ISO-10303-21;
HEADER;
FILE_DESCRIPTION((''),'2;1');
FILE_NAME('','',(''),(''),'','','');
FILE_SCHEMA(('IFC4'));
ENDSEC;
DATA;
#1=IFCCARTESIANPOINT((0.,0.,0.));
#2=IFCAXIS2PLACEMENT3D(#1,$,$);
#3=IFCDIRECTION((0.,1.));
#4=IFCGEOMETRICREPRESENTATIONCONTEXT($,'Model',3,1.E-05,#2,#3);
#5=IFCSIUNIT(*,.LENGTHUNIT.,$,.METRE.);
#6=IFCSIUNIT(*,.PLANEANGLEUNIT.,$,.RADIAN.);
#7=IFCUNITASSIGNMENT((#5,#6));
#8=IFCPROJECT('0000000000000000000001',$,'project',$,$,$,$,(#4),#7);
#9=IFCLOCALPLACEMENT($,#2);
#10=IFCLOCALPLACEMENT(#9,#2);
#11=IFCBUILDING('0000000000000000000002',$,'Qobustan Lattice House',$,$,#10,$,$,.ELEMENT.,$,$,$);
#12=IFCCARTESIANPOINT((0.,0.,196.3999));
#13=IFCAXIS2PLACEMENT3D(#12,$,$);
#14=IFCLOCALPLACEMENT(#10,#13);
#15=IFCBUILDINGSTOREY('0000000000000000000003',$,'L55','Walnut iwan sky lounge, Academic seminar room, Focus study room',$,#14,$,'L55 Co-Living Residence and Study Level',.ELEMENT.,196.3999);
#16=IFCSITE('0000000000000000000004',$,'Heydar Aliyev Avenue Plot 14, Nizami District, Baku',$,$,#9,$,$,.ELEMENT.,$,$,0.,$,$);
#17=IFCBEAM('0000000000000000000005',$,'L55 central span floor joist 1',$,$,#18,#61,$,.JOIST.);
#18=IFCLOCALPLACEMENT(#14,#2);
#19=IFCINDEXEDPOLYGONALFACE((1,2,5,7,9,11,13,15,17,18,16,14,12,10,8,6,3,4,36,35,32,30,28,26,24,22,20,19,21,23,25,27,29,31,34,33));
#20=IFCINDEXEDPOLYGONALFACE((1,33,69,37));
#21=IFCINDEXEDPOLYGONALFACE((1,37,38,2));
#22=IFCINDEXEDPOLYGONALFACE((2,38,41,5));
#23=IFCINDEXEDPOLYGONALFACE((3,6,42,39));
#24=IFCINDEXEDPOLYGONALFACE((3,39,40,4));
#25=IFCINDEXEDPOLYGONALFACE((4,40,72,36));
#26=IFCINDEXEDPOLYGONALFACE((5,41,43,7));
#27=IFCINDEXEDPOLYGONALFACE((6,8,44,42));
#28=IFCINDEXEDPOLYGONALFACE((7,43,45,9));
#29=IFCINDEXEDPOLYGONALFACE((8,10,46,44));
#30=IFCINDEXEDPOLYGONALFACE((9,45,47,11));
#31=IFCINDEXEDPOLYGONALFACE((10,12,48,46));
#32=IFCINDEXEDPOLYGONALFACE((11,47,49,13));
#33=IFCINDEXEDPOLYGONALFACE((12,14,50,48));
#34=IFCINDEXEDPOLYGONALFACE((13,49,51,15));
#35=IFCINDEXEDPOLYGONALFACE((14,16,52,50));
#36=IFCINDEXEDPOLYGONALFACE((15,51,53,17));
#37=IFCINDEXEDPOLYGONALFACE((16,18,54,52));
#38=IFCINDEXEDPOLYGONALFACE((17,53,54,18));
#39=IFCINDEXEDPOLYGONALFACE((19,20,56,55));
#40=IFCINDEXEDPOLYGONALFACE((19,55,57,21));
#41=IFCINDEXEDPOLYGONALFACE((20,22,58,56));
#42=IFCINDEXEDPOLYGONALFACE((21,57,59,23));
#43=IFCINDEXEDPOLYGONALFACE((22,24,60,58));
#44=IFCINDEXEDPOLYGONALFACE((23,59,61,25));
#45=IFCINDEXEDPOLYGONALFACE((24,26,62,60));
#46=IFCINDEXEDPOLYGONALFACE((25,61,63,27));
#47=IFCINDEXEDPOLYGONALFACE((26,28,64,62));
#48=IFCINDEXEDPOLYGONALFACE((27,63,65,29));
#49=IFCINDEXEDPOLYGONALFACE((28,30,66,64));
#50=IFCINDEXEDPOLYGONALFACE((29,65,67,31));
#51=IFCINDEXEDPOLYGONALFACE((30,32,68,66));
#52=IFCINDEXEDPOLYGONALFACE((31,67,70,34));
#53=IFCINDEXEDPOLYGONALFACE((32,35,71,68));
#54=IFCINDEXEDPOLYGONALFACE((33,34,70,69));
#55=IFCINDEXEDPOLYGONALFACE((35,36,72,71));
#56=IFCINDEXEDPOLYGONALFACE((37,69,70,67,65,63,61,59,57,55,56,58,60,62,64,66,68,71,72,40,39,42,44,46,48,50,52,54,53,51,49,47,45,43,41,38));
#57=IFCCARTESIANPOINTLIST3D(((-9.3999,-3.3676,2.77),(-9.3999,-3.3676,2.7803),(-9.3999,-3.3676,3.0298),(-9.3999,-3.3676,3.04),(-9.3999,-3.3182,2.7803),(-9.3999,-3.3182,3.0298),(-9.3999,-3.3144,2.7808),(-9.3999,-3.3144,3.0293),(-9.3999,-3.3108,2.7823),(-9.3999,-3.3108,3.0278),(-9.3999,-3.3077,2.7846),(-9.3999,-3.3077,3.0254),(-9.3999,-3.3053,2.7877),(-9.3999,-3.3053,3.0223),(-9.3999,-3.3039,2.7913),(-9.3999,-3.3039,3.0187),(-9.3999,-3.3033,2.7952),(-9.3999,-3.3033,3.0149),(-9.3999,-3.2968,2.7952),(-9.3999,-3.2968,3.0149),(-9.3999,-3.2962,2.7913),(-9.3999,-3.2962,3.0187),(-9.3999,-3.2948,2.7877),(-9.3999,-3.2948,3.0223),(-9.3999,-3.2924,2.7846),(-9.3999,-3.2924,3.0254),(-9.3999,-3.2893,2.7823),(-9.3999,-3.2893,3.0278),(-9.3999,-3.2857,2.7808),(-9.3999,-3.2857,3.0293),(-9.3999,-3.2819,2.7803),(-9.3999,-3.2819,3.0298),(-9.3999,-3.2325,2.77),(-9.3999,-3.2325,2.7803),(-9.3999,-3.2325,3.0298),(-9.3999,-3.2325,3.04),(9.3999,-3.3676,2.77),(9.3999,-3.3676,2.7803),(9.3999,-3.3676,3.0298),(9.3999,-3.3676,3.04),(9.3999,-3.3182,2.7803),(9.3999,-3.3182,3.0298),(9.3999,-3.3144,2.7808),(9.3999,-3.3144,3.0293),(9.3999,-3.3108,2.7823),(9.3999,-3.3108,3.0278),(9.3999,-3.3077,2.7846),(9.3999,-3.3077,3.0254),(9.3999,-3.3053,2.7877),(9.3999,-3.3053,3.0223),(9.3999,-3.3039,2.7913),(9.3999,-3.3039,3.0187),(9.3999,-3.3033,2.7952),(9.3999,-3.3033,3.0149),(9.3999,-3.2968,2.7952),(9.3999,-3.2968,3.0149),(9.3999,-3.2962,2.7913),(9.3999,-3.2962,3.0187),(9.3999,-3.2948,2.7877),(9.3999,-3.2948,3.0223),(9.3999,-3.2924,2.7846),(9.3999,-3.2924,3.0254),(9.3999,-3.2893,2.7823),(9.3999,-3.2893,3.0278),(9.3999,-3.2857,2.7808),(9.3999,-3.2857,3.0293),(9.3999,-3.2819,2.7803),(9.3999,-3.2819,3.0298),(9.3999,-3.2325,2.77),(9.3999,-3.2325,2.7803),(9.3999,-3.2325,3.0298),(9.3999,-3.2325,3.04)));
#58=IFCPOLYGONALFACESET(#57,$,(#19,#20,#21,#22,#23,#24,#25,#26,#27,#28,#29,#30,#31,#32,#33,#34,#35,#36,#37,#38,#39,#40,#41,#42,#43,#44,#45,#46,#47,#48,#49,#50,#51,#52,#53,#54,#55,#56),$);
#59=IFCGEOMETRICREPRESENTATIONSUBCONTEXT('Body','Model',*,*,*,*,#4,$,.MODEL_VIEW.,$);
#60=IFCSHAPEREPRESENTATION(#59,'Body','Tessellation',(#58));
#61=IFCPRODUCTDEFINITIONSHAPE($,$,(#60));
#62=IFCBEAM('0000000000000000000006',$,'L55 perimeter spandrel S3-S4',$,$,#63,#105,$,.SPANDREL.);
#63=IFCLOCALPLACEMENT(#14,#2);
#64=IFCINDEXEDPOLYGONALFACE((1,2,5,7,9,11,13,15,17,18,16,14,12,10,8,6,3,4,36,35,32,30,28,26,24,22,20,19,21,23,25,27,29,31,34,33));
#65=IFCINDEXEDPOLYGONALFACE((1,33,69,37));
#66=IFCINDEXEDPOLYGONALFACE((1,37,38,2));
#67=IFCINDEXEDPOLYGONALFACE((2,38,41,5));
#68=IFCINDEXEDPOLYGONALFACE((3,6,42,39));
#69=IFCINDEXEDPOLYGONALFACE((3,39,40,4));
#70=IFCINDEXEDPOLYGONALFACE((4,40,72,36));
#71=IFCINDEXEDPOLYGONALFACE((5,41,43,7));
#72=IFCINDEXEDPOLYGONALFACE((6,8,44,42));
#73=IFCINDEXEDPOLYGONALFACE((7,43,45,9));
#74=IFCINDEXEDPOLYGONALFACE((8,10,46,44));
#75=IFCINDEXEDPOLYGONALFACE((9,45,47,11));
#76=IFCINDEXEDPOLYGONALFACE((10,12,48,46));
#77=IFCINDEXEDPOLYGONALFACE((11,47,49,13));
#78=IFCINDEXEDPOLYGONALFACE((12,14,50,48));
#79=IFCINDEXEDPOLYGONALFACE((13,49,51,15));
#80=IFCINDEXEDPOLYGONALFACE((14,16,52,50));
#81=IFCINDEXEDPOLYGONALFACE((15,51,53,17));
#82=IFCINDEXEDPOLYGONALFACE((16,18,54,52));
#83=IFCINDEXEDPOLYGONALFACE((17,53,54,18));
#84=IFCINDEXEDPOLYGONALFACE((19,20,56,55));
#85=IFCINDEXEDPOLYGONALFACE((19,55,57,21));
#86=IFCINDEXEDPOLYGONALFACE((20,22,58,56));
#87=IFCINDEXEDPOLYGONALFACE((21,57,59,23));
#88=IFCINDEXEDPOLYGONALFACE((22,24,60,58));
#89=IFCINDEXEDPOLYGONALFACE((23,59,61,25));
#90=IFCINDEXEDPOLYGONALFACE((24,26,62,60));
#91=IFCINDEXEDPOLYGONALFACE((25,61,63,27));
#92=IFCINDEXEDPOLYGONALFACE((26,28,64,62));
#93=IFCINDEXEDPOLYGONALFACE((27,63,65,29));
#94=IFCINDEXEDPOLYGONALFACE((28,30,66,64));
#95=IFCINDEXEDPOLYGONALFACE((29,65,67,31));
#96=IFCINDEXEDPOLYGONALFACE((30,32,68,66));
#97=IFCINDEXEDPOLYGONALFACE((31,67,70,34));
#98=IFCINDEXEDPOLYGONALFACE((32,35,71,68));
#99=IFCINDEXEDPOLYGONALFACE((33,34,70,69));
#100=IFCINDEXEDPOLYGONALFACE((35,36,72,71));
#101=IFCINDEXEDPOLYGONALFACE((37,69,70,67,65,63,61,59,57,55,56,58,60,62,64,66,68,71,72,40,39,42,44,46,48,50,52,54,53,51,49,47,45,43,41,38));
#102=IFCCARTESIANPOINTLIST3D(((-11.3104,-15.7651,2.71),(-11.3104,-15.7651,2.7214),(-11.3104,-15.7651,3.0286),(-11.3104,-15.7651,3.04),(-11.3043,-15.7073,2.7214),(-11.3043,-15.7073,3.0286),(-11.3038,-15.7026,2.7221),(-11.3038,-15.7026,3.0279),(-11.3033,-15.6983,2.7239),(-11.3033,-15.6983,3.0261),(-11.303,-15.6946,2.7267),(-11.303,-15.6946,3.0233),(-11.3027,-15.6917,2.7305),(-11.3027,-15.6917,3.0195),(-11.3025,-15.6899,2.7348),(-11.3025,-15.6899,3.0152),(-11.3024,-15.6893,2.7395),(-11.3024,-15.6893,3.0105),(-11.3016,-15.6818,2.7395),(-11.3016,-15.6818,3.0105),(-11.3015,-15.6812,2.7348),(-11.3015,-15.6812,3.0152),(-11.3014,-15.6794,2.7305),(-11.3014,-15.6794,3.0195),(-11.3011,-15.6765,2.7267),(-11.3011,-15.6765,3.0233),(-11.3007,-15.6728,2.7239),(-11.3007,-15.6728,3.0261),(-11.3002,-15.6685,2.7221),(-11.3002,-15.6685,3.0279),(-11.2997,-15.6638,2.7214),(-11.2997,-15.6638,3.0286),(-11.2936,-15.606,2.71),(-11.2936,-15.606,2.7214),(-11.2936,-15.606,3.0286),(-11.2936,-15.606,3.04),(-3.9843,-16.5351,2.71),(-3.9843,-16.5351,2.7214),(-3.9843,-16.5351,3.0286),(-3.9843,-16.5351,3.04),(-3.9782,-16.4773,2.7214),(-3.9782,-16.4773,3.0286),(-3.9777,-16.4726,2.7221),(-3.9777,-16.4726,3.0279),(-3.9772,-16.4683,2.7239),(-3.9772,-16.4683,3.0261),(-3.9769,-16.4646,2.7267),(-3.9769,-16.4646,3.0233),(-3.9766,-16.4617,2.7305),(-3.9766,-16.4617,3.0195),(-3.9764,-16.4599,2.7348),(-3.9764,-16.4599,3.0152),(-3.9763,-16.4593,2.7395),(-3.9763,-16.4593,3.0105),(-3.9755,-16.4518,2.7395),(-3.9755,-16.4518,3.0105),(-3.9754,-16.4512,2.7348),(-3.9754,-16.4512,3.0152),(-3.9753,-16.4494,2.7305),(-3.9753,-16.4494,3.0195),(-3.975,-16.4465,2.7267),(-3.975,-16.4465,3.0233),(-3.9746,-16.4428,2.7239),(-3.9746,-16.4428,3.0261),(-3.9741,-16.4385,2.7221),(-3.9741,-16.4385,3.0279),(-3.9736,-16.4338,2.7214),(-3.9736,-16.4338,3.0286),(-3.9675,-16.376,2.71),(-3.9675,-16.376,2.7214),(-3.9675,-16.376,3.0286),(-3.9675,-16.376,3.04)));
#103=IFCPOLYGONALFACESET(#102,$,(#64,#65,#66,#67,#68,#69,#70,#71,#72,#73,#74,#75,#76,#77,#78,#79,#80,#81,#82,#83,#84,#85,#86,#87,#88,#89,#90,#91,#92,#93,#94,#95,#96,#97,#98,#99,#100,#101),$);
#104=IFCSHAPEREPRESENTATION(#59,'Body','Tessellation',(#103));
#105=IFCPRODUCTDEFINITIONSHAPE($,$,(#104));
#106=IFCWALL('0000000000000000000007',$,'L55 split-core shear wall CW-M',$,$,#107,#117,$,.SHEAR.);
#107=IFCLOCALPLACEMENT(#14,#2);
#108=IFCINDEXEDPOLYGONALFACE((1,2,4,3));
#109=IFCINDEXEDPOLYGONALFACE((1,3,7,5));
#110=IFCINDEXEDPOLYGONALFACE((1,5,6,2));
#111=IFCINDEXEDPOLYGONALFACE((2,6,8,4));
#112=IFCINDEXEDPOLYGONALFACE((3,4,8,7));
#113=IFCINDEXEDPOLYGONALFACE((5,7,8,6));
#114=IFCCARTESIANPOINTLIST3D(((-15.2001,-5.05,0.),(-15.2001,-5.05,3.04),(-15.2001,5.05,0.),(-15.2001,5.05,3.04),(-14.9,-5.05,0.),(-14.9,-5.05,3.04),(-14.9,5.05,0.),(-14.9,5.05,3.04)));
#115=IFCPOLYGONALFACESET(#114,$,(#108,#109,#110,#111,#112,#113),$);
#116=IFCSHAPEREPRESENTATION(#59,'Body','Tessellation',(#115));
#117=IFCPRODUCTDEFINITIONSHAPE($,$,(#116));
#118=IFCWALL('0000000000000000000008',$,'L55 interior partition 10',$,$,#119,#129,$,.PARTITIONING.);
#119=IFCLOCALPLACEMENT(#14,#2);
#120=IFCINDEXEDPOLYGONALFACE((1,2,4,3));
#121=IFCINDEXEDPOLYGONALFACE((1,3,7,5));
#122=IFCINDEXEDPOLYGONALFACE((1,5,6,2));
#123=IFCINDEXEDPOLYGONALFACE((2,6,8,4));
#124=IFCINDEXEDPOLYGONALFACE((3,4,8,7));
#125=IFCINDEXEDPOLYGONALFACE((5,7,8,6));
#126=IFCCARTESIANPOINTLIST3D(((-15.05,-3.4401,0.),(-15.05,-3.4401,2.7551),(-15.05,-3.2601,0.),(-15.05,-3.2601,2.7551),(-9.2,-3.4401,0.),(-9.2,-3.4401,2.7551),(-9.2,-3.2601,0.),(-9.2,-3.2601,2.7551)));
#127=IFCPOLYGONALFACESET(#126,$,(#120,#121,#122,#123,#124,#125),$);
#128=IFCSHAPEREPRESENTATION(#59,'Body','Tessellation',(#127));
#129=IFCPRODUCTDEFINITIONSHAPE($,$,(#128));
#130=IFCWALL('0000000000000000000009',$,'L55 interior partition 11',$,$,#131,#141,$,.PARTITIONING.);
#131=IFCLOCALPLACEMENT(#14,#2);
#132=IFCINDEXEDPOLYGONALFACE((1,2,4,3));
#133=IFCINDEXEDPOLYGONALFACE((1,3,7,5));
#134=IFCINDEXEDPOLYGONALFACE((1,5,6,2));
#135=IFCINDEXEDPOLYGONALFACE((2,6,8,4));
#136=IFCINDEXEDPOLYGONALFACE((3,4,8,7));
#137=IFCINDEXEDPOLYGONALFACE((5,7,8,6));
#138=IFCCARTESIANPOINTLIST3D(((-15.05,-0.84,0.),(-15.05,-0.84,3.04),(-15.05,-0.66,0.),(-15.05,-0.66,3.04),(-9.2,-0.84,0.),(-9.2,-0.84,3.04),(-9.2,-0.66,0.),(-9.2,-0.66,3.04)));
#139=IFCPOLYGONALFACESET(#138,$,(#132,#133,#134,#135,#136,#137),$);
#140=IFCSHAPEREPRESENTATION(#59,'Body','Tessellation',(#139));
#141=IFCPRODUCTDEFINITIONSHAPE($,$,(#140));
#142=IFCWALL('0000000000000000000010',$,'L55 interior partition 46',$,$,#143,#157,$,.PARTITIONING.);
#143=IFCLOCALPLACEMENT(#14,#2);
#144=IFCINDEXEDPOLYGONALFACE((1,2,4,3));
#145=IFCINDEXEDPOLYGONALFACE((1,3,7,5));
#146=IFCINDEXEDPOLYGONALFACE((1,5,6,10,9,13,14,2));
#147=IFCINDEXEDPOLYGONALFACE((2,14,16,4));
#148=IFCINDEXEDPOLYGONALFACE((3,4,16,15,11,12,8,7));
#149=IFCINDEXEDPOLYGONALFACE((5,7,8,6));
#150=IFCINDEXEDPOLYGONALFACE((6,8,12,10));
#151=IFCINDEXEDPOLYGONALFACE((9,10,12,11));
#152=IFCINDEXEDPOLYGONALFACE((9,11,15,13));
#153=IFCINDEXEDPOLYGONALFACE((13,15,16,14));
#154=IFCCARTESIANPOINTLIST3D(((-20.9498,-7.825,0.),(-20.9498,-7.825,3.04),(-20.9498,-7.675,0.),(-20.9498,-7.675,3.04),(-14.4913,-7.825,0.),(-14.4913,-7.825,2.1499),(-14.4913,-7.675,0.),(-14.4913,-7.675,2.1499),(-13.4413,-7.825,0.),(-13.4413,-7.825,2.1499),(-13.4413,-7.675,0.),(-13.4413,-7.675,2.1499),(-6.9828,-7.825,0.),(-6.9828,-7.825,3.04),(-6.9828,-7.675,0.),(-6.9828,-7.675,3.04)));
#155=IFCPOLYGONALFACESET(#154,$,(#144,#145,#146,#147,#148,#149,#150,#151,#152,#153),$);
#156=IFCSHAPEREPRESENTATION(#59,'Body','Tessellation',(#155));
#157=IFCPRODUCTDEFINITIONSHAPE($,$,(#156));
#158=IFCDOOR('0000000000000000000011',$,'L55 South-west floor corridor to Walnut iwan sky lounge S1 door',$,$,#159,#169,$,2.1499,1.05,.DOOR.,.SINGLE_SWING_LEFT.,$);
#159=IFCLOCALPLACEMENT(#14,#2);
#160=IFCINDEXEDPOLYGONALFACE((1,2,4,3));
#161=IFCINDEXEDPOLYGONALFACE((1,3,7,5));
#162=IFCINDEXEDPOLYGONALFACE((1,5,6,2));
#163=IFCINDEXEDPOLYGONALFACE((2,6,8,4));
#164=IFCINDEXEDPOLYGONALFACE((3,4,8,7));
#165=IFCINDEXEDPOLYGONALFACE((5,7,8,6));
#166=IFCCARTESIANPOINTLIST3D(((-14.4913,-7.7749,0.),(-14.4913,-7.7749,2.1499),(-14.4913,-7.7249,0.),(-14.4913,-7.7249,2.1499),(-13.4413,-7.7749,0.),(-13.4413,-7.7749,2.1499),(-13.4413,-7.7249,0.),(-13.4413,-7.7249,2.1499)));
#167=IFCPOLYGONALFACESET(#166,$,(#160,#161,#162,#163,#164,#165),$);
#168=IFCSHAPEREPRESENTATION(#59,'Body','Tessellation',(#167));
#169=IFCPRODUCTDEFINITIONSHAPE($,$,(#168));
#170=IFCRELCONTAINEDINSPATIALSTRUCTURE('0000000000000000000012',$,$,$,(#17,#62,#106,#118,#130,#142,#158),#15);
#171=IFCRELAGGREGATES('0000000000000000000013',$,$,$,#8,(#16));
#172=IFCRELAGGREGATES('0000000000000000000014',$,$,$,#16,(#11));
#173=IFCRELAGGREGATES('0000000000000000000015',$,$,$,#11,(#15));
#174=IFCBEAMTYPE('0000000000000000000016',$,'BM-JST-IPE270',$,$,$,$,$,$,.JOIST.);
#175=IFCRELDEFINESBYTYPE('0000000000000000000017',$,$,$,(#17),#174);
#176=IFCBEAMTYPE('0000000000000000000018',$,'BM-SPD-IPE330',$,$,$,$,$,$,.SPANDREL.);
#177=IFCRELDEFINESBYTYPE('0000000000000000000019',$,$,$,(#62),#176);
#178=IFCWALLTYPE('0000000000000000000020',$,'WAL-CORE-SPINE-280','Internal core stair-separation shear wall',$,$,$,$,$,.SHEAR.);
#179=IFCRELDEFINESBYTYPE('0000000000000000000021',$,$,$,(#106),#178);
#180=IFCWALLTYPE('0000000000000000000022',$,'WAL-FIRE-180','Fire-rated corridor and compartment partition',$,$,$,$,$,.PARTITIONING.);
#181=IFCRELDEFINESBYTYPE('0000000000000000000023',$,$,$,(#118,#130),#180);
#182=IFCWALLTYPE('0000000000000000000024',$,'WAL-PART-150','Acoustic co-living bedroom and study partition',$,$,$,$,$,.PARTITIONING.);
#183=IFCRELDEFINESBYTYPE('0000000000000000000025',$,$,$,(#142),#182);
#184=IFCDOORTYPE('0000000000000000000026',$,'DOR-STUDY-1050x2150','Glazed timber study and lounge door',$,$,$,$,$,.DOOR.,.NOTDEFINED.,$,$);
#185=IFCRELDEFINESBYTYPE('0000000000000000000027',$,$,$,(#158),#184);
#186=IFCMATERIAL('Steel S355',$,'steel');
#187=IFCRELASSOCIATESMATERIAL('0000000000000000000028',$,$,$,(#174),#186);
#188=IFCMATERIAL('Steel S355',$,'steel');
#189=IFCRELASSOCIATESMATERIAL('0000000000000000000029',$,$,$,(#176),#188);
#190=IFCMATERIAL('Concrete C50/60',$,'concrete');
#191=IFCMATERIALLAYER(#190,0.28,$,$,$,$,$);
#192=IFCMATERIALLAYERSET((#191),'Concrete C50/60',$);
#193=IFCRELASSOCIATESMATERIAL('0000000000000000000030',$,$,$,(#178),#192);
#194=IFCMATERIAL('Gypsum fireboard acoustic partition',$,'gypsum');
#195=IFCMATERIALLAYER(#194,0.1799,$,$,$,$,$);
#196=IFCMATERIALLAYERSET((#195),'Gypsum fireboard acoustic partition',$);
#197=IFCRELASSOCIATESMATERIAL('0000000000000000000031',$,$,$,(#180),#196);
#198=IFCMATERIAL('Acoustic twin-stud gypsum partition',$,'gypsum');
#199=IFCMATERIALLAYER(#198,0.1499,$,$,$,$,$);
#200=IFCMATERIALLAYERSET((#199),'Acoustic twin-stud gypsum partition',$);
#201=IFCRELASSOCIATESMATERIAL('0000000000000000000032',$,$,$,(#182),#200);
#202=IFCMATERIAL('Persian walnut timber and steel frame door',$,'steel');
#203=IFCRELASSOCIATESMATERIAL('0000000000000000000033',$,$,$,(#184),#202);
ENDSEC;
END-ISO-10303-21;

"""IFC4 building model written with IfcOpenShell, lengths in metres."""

from ifc_helpers import new_model, si_unit, direction, frame, frame_2d, origin, origin_2d, place, context, subcontext, project, spatial, rectangle, i_section, extrude, material, layer, layer_set, material_profile, profile_set, type_object, element, fill, save


model = new_model("IFC4")

# Units and contexts
model_context = context("Model", 3, precision=1e-05, world=origin(), true_north=direction((0.0, 1.0)))
body_context = subcontext(model_context, "Body", "Model", "MODEL_VIEW")
ifc_project = project(units=[si_unit("LENGTHUNIT", "METRE"), si_unit("PLANEANGLEUNIT", "RADIAN")], contexts=[model_context])

# Site, building, storey
site_placement = place(None, origin())
site = spatial("IfcSite", under=ifc_project, at=site_placement, Name="Heydar Aliyev Avenue Plot 14, Nizami District, Baku", CompositionType="ELEMENT", RefElevation=0.0)
building_placement = place(site_placement, origin())
building = spatial("IfcBuilding", under=site, at=building_placement, Name="Qobustan Lattice House", CompositionType="ELEMENT")
storey_placement = place(building_placement, frame((0.0, 0.0, 196.3999)))
storey = spatial("IfcBuildingStorey", under=building, at=storey_placement, Name="L55", Description="Walnut iwan sky lounge, Academic seminar room, Focus study room", LongName="L55 Co-Living Residence and Study Level", CompositionType="ELEMENT", Elevation=196.3999)

# Beams
ifc_material_1 = material(Name="Steel S355", Category="steel")
ifc_material_profile_1 = material_profile(ifc_material_1, i_section(OverallWidth=0.135, OverallDepth=0.27, WebThickness=0.0066, FlangeThickness=0.0103, FilletRadius=0.0149, at=origin_2d()), Name="IPE270")
ifc_profile_set_1 = profile_set([ifc_material_profile_1], Name="Steel S355")
beam_type_1 = type_object("IfcBeamType", Name="BM-JST-IPE270", PredefinedType="JOIST", material=ifc_profile_set_1)
beam_1_placement = place(storey_placement, frame((-9.3999, -3.3, 2.905), z_axis=(1.0, 0.0, 0.0), x_axis=(0.0, 1.0, 0.0)))
element("IfcBeam", 1, at=beam_1_placement, inside=storey, type_object=beam_type_1, Name="L55 central span floor joist 1", PredefinedType="JOIST", context=body_context, shape_type="SweptSolid", body=[
    extrude(i_section(OverallWidth=0.135, OverallDepth=0.27, WebThickness=0.0066, FlangeThickness=0.0103, FilletRadius=0.0149, at=origin_2d()), origin(), (0.0, 0.0, 1.0), 18.7998),
])
ifc_material_2 = material(Name="Steel S355", Category="steel")
ifc_material_profile_2 = material_profile(ifc_material_2, i_section(OverallWidth=0.1599, OverallDepth=0.3301, WebThickness=0.0076, FlangeThickness=0.0115, FilletRadius=0.0181, at=origin_2d()), Name="IPE330")
ifc_profile_set_2 = profile_set([ifc_material_profile_2], Name="Steel S355")
beam_type_2 = type_object("IfcBeamType", Name="BM-SPD-IPE330", PredefinedType="SPANDREL", material=ifc_profile_set_2)
beam_2_placement = place(storey_placement, frame((-11.302, -15.6855, 2.875), z_axis=(0.994522, -0.10453, 0.0), x_axis=(0.10453, 0.994522, 0.0)))
element("IfcBeam", 2, at=beam_2_placement, inside=storey, type_object=beam_type_2, Name="L55 perimeter spandrel S3-S4", PredefinedType="SPANDREL", context=body_context, shape_type="SweptSolid", body=[
    extrude(i_section(OverallWidth=0.1599, OverallDepth=0.3301, WebThickness=0.0076, FlangeThickness=0.0115, FilletRadius=0.0181, at=origin_2d()), origin(), (0.0, 0.0, 1.0), 7.3665),
])

# Walls
ifc_material_3 = material(Name="Concrete C50/60", Category="concrete")
ifc_layer_1 = layer(ifc_material_3, 0.28)
ifc_layer_set_1 = layer_set([ifc_layer_1], Name="Concrete C50/60")
wall_type_1 = type_object("IfcWallType", Name="WAL-CORE-SPINE-280", Description="Internal core stair-separation shear wall", PredefinedType="SHEAR", material=ifc_layer_set_1)
wall_1_placement = place(storey_placement, frame((-15.05, -5.05, 0.0), z_axis=(0.0, 0.0, 1.0), x_axis=(0.0, 1.0, 0.0)))
element("IfcWall", 3, at=wall_1_placement, inside=storey, type_object=wall_type_1, Name="L55 split-core shear wall CW-M", PredefinedType="SHEAR", context=body_context, shape_type="SweptSolid", body=[
    extrude(rectangle(XDim=10.1001, YDim=0.3, at=frame_2d((5.05, 0.0))), origin(), (0.0, 0.0, 1.0), 3.04),
])
ifc_material_4 = material(Name="Gypsum fireboard acoustic partition", Category="gypsum")
ifc_layer_2 = layer(ifc_material_4, 0.1799)
ifc_layer_set_2 = layer_set([ifc_layer_2], Name="Gypsum fireboard acoustic partition")
wall_type_2 = type_object("IfcWallType", Name="WAL-FIRE-180", Description="Fire-rated corridor and compartment partition", PredefinedType="PARTITIONING", material=ifc_layer_set_2)
wall_2_placement = place(storey_placement, frame((-15.05, -3.3501, 0.0), z_axis=(0.0, 0.0, 1.0), x_axis=(1.0, 0.0, 0.0)))
element("IfcWall", 4, at=wall_2_placement, inside=storey, type_object=wall_type_2, Name="L55 interior partition 10", PredefinedType="PARTITIONING", context=body_context, shape_type="SweptSolid", body=[
    extrude(rectangle(XDim=5.8501, YDim=0.1799, at=frame_2d((2.925, 0.0))), origin(), (0.0, 0.0, 1.0), 2.7551),
])
wall_3_placement = place(storey_placement, frame((-9.2, -0.75, 0.0), z_axis=(0.0, 0.0, 1.0), x_axis=(-1.0, 0.0, 0.0)))
element("IfcWall", 5, at=wall_3_placement, inside=storey, type_object=wall_type_2, Name="L55 interior partition 11", PredefinedType="PARTITIONING", context=body_context, shape_type="SweptSolid", body=[
    extrude(rectangle(XDim=5.8501, YDim=0.1799, at=frame_2d((2.925, 0.0))), origin(), (0.0, 0.0, 1.0), 3.04),
])

# Wall, opening, door
ifc_material_5 = material(Name="Acoustic twin-stud gypsum partition", Category="gypsum")
ifc_layer_3 = layer(ifc_material_5, 0.1499)
ifc_layer_set_3 = layer_set([ifc_layer_3], Name="Acoustic twin-stud gypsum partition")
wall_type_3 = type_object("IfcWallType", Name="WAL-PART-150", Description="Acoustic co-living bedroom and study partition", PredefinedType="PARTITIONING", material=ifc_layer_set_3)
wall_4_placement = place(storey_placement, frame((-6.9829, -7.75, 0.0), z_axis=(0.0, 0.0, 1.0), x_axis=(-1.0, 0.0, 0.0)))
wall_4 = element("IfcWall", 6, at=wall_4_placement, inside=storey, type_object=wall_type_3, Name="L55 interior partition 46", PredefinedType="PARTITIONING", context=body_context, shape_type="SweptSolid", body=[
    extrude(rectangle(XDim=13.967, YDim=0.1499, at=frame_2d((6.9834, 0.0))), origin(), (0.0, 0.0, 1.0), 3.04),
])
opening_1_placement = place(wall_4_placement, frame((6.4585, 0.0, 0.0)))
opening_1 = element("IfcOpeningElement", 7, at=opening_1_placement, cuts=wall_4, PredefinedType="OPENING", context=body_context, shape_type="SweptSolid", body=[
    extrude(rectangle(XDim=1.05, YDim=2.1499, at=frame_2d((0.5249, 1.075))), frame((0.0, 0.085, 0.0), z_axis=(0.0, -1.0, 0.0), x_axis=(1.0, 0.0, 0.0)), (0.0, 0.0, 1.0), 0.1699),
])
ifc_material_6 = material(Name="Persian walnut timber and steel frame door", Category="steel")
door_type_1 = type_object("IfcDoorType", Name="DOR-STUDY-1050x2150", Description="Glazed timber study and lounge door", OperationType="NOTDEFINED", PredefinedType="DOOR", material=ifc_material_6)
door_1_placement = place(opening_1_placement, origin())
door_1 = element("IfcDoor", 8, at=door_1_placement, inside=storey, type_object=door_type_1, Name="L55 South-west floor corridor to Walnut iwan sky lounge S1 door", OperationType="SINGLE_SWING_LEFT", OverallHeight=2.1499, OverallWidth=1.05, PredefinedType="DOOR", context=body_context, shape_type="SweptSolid", body=[
    extrude(rectangle(XDim=1.05, YDim=2.1499, at=frame_2d((0.5249, 1.075))), frame((0.0, 0.0249, 0.0), z_axis=(0.0, -1.0, 0.0), x_axis=(1.0, 0.0, 0.0)), (0.0, 0.0, 1.0), 0.05),
])
fill(opening_1, door_1)

save(model, "model.ifc")
